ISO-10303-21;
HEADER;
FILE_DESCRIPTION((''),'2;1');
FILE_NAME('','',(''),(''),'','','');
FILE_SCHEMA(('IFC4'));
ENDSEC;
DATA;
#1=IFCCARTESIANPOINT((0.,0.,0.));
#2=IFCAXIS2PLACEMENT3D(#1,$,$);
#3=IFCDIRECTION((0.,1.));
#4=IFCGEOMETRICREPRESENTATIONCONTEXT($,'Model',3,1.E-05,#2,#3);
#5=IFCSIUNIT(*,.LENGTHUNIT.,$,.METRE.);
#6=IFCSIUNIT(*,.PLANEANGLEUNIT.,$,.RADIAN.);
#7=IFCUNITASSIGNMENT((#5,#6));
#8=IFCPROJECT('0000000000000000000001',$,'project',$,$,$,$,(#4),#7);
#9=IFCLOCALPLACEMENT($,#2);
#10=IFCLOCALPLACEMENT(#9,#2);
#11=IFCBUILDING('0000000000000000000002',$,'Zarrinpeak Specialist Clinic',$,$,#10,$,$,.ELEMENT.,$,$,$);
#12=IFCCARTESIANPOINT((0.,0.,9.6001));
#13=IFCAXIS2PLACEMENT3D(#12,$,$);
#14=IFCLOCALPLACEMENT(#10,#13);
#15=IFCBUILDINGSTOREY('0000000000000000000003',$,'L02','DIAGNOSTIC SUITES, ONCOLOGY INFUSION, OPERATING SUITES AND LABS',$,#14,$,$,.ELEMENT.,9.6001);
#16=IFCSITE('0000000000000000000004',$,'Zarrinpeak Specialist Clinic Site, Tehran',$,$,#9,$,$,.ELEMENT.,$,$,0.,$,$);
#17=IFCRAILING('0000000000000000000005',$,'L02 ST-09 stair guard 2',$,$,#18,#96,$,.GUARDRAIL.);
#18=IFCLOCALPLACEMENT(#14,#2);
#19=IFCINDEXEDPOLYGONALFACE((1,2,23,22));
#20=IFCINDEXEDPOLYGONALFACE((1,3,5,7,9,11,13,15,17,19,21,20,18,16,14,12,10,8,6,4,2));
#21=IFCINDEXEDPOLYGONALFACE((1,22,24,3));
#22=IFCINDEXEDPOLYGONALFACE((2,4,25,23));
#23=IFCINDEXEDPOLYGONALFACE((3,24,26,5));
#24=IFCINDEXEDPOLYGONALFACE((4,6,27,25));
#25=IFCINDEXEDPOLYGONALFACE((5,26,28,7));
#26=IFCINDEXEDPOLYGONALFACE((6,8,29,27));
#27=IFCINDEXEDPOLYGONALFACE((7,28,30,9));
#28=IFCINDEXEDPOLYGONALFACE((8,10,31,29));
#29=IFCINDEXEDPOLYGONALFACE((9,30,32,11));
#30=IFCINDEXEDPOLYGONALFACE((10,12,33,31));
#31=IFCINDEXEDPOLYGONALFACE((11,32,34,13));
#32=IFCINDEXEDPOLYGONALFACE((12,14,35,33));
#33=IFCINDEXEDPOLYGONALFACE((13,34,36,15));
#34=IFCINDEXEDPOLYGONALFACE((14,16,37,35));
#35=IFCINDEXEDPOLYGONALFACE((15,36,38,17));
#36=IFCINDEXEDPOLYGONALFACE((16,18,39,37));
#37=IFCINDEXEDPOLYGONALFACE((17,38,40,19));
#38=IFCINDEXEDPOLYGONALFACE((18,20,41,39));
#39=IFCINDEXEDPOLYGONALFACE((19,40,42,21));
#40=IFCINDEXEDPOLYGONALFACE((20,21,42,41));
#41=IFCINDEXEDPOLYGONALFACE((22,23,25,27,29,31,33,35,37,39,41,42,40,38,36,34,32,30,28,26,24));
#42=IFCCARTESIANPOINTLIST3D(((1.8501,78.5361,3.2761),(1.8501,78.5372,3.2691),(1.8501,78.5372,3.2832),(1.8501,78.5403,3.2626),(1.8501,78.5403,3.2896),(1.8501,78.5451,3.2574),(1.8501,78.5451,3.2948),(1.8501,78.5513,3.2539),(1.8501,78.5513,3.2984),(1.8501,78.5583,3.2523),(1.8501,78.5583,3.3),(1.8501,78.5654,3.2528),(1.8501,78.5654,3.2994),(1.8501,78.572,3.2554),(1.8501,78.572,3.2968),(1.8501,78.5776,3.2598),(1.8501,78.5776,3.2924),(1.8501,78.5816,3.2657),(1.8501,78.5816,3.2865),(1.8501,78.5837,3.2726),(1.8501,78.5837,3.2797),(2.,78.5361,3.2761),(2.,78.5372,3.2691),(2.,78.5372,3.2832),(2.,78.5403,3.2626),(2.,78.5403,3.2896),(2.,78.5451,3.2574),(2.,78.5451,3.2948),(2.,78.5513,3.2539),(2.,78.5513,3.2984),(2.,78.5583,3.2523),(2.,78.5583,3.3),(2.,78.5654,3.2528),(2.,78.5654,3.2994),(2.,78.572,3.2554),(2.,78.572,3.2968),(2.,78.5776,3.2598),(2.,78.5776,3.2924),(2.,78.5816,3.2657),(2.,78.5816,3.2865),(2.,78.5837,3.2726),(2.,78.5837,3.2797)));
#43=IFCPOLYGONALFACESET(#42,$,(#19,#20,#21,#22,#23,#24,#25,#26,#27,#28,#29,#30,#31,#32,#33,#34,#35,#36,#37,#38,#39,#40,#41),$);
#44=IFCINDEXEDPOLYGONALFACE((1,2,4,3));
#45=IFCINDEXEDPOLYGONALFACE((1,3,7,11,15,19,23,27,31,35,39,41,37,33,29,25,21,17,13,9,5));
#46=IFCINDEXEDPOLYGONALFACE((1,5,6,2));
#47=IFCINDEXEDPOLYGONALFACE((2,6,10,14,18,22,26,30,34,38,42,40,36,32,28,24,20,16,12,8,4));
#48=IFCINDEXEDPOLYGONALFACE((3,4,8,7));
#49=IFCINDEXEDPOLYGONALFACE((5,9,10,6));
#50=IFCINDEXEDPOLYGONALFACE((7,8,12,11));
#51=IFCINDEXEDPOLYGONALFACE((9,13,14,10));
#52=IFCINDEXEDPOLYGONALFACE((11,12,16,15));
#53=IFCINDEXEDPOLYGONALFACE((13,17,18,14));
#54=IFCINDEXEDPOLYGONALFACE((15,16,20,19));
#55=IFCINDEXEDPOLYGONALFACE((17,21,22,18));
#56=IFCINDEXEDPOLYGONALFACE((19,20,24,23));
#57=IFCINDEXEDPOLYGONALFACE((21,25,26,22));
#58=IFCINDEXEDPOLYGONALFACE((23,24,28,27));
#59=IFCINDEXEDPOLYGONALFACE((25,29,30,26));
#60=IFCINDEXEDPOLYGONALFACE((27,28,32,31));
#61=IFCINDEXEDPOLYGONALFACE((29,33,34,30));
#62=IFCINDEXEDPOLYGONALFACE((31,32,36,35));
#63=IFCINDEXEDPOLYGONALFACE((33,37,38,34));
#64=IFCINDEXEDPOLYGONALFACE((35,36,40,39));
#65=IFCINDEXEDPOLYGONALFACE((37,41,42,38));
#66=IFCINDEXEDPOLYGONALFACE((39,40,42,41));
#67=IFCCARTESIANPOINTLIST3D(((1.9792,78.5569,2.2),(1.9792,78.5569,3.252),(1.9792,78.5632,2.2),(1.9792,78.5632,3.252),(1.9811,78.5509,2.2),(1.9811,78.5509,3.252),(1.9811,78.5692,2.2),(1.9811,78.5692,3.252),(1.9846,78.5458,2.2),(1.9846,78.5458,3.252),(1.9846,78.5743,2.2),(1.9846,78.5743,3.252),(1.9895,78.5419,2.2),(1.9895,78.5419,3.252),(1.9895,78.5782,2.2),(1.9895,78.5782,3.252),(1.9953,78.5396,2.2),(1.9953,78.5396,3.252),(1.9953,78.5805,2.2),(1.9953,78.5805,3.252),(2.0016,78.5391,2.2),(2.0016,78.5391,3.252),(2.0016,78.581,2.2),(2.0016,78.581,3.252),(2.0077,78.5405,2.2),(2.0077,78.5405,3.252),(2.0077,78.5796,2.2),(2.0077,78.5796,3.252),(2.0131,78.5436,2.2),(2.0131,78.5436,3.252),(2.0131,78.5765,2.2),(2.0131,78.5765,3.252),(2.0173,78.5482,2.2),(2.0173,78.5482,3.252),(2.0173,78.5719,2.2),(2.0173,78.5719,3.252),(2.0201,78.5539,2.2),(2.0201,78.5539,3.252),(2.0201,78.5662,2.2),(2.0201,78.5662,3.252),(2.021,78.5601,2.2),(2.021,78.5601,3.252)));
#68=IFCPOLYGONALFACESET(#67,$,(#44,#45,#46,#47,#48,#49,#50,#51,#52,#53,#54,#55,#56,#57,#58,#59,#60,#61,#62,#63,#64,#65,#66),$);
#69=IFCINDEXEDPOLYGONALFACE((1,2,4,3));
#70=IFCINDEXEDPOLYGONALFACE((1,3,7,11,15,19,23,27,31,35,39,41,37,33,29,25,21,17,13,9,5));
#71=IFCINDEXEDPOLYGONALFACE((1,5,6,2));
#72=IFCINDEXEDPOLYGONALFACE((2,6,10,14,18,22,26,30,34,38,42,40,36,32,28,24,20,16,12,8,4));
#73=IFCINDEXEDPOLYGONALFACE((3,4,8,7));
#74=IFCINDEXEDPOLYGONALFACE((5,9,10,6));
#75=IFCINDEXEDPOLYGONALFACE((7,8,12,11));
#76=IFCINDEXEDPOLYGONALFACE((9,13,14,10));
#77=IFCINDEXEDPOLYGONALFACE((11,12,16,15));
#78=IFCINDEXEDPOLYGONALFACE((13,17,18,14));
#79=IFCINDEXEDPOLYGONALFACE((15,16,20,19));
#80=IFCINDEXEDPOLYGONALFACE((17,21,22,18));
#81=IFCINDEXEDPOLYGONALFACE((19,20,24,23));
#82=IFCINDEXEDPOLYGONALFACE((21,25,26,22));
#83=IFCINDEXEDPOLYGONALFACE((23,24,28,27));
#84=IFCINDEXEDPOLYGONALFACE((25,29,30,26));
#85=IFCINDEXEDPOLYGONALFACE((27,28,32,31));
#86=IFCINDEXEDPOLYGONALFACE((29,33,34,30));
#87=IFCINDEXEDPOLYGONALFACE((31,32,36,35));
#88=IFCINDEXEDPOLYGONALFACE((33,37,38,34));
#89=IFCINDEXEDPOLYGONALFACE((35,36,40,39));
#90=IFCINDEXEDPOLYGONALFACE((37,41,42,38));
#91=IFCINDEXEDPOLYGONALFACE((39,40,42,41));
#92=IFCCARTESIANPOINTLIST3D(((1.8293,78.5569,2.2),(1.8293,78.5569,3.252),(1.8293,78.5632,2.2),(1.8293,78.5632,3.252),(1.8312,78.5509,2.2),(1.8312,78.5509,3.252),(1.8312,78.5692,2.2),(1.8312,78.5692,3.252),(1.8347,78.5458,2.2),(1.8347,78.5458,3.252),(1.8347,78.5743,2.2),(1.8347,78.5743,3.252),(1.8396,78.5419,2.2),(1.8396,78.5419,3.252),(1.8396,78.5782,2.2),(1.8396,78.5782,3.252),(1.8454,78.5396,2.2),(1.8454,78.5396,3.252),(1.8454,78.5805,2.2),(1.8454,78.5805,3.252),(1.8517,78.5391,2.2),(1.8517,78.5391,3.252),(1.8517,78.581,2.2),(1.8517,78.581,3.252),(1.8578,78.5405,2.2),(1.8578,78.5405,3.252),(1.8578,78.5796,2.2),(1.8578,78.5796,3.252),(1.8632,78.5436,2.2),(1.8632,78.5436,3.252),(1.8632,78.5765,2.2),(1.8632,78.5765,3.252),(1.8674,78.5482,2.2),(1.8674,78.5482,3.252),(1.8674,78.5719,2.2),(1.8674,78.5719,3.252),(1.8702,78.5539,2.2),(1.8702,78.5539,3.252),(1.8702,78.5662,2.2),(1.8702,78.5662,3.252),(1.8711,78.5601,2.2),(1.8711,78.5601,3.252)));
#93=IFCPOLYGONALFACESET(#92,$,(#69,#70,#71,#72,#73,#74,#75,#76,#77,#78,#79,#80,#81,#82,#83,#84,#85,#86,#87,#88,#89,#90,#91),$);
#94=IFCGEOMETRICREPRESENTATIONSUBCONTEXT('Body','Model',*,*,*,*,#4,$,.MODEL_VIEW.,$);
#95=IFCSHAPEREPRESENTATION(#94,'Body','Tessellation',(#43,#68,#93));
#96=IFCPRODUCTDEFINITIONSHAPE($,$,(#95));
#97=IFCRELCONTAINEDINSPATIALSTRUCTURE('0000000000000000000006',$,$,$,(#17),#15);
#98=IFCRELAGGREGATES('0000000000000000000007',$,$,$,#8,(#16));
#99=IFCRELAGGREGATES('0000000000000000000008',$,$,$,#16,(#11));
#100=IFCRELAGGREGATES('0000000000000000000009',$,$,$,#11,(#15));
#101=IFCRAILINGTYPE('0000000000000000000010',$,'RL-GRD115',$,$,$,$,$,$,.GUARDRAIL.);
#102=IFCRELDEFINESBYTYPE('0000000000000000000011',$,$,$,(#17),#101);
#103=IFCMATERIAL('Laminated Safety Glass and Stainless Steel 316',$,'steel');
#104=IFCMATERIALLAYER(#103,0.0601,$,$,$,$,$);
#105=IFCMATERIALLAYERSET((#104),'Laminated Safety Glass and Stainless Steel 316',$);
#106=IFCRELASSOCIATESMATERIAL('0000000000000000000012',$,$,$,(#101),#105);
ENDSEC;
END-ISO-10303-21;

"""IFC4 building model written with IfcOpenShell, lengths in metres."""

from ifc_helpers import new_model, si_unit, direction, frame, origin, origin_2d, place, context, subcontext, project, spatial, circle, extrude, material, layer, layer_set, type_object, element, save


model = new_model("IFC4")

# Units and contexts
model_context = context("Model", 3, precision=1e-05, world=origin(), true_north=direction((0.0, 1.0)))
body_context = subcontext(model_context, "Body", "Model", "MODEL_VIEW")
ifc_project = project(units=[si_unit("LENGTHUNIT", "METRE"), si_unit("PLANEANGLEUNIT", "RADIAN")], contexts=[model_context])

# Site, building, storey
site_placement = place(None, origin())
site = spatial("IfcSite", under=ifc_project, at=site_placement, Name="Zarrinpeak Specialist Clinic Site, Tehran", CompositionType="ELEMENT", RefElevation=0.0)
building_placement = place(site_placement, origin())
building = spatial("IfcBuilding", under=site, at=building_placement, Name="Zarrinpeak Specialist Clinic", CompositionType="ELEMENT")
storey_placement = place(building_placement, frame((0.0, 0.0, 9.6001)))
storey = spatial("IfcBuildingStorey", under=building, at=storey_placement, Name="L02", Description="DIAGNOSTIC SUITES, ONCOLOGY INFUSION, OPERATING SUITES AND LABS", CompositionType="ELEMENT", Elevation=9.6001)

# Railing
ifc_material_1 = material(Name="Laminated Safety Glass and Stainless Steel 316", Category="steel")
ifc_layer_1 = layer(ifc_material_1, 0.0601)
ifc_layer_set_1 = layer_set([ifc_layer_1], Name="Laminated Safety Glass and Stainless Steel 316")
railing_type_1 = type_object("IfcRailingType", Name="RL-GRD115", PredefinedType="GUARDRAIL", material=ifc_layer_set_1)
railing_1_placement = place(storey_placement, frame((2.0, 78.5601, 2.2)))
element("IfcRailing", 1, at=railing_1_placement, inside=storey, type_object=railing_type_1, Name="L02 ST-09 stair guard 2", PredefinedType="GUARDRAIL", context=body_context, shape_type="SweptSolid", body=[
    extrude(circle(Radius=0.0239, at=origin_2d()), frame((0.0, 0.0, 1.0762), z_axis=(-1.0, 0.0, 0.0), x_axis=(0.0, -1.0, 0.0)), (0.0, 0.0, 1.0), 0.1499),
    extrude(circle(Radius=0.021, at=origin_2d()), origin(), (0.0, 0.0, 1.0), 1.052),
    extrude(circle(Radius=0.021, at=origin_2d()), frame((-0.1499, 0.0, 0.0)), (0.0, 0.0, 1.0), 1.052),
])

save(model, "model.ifc")
